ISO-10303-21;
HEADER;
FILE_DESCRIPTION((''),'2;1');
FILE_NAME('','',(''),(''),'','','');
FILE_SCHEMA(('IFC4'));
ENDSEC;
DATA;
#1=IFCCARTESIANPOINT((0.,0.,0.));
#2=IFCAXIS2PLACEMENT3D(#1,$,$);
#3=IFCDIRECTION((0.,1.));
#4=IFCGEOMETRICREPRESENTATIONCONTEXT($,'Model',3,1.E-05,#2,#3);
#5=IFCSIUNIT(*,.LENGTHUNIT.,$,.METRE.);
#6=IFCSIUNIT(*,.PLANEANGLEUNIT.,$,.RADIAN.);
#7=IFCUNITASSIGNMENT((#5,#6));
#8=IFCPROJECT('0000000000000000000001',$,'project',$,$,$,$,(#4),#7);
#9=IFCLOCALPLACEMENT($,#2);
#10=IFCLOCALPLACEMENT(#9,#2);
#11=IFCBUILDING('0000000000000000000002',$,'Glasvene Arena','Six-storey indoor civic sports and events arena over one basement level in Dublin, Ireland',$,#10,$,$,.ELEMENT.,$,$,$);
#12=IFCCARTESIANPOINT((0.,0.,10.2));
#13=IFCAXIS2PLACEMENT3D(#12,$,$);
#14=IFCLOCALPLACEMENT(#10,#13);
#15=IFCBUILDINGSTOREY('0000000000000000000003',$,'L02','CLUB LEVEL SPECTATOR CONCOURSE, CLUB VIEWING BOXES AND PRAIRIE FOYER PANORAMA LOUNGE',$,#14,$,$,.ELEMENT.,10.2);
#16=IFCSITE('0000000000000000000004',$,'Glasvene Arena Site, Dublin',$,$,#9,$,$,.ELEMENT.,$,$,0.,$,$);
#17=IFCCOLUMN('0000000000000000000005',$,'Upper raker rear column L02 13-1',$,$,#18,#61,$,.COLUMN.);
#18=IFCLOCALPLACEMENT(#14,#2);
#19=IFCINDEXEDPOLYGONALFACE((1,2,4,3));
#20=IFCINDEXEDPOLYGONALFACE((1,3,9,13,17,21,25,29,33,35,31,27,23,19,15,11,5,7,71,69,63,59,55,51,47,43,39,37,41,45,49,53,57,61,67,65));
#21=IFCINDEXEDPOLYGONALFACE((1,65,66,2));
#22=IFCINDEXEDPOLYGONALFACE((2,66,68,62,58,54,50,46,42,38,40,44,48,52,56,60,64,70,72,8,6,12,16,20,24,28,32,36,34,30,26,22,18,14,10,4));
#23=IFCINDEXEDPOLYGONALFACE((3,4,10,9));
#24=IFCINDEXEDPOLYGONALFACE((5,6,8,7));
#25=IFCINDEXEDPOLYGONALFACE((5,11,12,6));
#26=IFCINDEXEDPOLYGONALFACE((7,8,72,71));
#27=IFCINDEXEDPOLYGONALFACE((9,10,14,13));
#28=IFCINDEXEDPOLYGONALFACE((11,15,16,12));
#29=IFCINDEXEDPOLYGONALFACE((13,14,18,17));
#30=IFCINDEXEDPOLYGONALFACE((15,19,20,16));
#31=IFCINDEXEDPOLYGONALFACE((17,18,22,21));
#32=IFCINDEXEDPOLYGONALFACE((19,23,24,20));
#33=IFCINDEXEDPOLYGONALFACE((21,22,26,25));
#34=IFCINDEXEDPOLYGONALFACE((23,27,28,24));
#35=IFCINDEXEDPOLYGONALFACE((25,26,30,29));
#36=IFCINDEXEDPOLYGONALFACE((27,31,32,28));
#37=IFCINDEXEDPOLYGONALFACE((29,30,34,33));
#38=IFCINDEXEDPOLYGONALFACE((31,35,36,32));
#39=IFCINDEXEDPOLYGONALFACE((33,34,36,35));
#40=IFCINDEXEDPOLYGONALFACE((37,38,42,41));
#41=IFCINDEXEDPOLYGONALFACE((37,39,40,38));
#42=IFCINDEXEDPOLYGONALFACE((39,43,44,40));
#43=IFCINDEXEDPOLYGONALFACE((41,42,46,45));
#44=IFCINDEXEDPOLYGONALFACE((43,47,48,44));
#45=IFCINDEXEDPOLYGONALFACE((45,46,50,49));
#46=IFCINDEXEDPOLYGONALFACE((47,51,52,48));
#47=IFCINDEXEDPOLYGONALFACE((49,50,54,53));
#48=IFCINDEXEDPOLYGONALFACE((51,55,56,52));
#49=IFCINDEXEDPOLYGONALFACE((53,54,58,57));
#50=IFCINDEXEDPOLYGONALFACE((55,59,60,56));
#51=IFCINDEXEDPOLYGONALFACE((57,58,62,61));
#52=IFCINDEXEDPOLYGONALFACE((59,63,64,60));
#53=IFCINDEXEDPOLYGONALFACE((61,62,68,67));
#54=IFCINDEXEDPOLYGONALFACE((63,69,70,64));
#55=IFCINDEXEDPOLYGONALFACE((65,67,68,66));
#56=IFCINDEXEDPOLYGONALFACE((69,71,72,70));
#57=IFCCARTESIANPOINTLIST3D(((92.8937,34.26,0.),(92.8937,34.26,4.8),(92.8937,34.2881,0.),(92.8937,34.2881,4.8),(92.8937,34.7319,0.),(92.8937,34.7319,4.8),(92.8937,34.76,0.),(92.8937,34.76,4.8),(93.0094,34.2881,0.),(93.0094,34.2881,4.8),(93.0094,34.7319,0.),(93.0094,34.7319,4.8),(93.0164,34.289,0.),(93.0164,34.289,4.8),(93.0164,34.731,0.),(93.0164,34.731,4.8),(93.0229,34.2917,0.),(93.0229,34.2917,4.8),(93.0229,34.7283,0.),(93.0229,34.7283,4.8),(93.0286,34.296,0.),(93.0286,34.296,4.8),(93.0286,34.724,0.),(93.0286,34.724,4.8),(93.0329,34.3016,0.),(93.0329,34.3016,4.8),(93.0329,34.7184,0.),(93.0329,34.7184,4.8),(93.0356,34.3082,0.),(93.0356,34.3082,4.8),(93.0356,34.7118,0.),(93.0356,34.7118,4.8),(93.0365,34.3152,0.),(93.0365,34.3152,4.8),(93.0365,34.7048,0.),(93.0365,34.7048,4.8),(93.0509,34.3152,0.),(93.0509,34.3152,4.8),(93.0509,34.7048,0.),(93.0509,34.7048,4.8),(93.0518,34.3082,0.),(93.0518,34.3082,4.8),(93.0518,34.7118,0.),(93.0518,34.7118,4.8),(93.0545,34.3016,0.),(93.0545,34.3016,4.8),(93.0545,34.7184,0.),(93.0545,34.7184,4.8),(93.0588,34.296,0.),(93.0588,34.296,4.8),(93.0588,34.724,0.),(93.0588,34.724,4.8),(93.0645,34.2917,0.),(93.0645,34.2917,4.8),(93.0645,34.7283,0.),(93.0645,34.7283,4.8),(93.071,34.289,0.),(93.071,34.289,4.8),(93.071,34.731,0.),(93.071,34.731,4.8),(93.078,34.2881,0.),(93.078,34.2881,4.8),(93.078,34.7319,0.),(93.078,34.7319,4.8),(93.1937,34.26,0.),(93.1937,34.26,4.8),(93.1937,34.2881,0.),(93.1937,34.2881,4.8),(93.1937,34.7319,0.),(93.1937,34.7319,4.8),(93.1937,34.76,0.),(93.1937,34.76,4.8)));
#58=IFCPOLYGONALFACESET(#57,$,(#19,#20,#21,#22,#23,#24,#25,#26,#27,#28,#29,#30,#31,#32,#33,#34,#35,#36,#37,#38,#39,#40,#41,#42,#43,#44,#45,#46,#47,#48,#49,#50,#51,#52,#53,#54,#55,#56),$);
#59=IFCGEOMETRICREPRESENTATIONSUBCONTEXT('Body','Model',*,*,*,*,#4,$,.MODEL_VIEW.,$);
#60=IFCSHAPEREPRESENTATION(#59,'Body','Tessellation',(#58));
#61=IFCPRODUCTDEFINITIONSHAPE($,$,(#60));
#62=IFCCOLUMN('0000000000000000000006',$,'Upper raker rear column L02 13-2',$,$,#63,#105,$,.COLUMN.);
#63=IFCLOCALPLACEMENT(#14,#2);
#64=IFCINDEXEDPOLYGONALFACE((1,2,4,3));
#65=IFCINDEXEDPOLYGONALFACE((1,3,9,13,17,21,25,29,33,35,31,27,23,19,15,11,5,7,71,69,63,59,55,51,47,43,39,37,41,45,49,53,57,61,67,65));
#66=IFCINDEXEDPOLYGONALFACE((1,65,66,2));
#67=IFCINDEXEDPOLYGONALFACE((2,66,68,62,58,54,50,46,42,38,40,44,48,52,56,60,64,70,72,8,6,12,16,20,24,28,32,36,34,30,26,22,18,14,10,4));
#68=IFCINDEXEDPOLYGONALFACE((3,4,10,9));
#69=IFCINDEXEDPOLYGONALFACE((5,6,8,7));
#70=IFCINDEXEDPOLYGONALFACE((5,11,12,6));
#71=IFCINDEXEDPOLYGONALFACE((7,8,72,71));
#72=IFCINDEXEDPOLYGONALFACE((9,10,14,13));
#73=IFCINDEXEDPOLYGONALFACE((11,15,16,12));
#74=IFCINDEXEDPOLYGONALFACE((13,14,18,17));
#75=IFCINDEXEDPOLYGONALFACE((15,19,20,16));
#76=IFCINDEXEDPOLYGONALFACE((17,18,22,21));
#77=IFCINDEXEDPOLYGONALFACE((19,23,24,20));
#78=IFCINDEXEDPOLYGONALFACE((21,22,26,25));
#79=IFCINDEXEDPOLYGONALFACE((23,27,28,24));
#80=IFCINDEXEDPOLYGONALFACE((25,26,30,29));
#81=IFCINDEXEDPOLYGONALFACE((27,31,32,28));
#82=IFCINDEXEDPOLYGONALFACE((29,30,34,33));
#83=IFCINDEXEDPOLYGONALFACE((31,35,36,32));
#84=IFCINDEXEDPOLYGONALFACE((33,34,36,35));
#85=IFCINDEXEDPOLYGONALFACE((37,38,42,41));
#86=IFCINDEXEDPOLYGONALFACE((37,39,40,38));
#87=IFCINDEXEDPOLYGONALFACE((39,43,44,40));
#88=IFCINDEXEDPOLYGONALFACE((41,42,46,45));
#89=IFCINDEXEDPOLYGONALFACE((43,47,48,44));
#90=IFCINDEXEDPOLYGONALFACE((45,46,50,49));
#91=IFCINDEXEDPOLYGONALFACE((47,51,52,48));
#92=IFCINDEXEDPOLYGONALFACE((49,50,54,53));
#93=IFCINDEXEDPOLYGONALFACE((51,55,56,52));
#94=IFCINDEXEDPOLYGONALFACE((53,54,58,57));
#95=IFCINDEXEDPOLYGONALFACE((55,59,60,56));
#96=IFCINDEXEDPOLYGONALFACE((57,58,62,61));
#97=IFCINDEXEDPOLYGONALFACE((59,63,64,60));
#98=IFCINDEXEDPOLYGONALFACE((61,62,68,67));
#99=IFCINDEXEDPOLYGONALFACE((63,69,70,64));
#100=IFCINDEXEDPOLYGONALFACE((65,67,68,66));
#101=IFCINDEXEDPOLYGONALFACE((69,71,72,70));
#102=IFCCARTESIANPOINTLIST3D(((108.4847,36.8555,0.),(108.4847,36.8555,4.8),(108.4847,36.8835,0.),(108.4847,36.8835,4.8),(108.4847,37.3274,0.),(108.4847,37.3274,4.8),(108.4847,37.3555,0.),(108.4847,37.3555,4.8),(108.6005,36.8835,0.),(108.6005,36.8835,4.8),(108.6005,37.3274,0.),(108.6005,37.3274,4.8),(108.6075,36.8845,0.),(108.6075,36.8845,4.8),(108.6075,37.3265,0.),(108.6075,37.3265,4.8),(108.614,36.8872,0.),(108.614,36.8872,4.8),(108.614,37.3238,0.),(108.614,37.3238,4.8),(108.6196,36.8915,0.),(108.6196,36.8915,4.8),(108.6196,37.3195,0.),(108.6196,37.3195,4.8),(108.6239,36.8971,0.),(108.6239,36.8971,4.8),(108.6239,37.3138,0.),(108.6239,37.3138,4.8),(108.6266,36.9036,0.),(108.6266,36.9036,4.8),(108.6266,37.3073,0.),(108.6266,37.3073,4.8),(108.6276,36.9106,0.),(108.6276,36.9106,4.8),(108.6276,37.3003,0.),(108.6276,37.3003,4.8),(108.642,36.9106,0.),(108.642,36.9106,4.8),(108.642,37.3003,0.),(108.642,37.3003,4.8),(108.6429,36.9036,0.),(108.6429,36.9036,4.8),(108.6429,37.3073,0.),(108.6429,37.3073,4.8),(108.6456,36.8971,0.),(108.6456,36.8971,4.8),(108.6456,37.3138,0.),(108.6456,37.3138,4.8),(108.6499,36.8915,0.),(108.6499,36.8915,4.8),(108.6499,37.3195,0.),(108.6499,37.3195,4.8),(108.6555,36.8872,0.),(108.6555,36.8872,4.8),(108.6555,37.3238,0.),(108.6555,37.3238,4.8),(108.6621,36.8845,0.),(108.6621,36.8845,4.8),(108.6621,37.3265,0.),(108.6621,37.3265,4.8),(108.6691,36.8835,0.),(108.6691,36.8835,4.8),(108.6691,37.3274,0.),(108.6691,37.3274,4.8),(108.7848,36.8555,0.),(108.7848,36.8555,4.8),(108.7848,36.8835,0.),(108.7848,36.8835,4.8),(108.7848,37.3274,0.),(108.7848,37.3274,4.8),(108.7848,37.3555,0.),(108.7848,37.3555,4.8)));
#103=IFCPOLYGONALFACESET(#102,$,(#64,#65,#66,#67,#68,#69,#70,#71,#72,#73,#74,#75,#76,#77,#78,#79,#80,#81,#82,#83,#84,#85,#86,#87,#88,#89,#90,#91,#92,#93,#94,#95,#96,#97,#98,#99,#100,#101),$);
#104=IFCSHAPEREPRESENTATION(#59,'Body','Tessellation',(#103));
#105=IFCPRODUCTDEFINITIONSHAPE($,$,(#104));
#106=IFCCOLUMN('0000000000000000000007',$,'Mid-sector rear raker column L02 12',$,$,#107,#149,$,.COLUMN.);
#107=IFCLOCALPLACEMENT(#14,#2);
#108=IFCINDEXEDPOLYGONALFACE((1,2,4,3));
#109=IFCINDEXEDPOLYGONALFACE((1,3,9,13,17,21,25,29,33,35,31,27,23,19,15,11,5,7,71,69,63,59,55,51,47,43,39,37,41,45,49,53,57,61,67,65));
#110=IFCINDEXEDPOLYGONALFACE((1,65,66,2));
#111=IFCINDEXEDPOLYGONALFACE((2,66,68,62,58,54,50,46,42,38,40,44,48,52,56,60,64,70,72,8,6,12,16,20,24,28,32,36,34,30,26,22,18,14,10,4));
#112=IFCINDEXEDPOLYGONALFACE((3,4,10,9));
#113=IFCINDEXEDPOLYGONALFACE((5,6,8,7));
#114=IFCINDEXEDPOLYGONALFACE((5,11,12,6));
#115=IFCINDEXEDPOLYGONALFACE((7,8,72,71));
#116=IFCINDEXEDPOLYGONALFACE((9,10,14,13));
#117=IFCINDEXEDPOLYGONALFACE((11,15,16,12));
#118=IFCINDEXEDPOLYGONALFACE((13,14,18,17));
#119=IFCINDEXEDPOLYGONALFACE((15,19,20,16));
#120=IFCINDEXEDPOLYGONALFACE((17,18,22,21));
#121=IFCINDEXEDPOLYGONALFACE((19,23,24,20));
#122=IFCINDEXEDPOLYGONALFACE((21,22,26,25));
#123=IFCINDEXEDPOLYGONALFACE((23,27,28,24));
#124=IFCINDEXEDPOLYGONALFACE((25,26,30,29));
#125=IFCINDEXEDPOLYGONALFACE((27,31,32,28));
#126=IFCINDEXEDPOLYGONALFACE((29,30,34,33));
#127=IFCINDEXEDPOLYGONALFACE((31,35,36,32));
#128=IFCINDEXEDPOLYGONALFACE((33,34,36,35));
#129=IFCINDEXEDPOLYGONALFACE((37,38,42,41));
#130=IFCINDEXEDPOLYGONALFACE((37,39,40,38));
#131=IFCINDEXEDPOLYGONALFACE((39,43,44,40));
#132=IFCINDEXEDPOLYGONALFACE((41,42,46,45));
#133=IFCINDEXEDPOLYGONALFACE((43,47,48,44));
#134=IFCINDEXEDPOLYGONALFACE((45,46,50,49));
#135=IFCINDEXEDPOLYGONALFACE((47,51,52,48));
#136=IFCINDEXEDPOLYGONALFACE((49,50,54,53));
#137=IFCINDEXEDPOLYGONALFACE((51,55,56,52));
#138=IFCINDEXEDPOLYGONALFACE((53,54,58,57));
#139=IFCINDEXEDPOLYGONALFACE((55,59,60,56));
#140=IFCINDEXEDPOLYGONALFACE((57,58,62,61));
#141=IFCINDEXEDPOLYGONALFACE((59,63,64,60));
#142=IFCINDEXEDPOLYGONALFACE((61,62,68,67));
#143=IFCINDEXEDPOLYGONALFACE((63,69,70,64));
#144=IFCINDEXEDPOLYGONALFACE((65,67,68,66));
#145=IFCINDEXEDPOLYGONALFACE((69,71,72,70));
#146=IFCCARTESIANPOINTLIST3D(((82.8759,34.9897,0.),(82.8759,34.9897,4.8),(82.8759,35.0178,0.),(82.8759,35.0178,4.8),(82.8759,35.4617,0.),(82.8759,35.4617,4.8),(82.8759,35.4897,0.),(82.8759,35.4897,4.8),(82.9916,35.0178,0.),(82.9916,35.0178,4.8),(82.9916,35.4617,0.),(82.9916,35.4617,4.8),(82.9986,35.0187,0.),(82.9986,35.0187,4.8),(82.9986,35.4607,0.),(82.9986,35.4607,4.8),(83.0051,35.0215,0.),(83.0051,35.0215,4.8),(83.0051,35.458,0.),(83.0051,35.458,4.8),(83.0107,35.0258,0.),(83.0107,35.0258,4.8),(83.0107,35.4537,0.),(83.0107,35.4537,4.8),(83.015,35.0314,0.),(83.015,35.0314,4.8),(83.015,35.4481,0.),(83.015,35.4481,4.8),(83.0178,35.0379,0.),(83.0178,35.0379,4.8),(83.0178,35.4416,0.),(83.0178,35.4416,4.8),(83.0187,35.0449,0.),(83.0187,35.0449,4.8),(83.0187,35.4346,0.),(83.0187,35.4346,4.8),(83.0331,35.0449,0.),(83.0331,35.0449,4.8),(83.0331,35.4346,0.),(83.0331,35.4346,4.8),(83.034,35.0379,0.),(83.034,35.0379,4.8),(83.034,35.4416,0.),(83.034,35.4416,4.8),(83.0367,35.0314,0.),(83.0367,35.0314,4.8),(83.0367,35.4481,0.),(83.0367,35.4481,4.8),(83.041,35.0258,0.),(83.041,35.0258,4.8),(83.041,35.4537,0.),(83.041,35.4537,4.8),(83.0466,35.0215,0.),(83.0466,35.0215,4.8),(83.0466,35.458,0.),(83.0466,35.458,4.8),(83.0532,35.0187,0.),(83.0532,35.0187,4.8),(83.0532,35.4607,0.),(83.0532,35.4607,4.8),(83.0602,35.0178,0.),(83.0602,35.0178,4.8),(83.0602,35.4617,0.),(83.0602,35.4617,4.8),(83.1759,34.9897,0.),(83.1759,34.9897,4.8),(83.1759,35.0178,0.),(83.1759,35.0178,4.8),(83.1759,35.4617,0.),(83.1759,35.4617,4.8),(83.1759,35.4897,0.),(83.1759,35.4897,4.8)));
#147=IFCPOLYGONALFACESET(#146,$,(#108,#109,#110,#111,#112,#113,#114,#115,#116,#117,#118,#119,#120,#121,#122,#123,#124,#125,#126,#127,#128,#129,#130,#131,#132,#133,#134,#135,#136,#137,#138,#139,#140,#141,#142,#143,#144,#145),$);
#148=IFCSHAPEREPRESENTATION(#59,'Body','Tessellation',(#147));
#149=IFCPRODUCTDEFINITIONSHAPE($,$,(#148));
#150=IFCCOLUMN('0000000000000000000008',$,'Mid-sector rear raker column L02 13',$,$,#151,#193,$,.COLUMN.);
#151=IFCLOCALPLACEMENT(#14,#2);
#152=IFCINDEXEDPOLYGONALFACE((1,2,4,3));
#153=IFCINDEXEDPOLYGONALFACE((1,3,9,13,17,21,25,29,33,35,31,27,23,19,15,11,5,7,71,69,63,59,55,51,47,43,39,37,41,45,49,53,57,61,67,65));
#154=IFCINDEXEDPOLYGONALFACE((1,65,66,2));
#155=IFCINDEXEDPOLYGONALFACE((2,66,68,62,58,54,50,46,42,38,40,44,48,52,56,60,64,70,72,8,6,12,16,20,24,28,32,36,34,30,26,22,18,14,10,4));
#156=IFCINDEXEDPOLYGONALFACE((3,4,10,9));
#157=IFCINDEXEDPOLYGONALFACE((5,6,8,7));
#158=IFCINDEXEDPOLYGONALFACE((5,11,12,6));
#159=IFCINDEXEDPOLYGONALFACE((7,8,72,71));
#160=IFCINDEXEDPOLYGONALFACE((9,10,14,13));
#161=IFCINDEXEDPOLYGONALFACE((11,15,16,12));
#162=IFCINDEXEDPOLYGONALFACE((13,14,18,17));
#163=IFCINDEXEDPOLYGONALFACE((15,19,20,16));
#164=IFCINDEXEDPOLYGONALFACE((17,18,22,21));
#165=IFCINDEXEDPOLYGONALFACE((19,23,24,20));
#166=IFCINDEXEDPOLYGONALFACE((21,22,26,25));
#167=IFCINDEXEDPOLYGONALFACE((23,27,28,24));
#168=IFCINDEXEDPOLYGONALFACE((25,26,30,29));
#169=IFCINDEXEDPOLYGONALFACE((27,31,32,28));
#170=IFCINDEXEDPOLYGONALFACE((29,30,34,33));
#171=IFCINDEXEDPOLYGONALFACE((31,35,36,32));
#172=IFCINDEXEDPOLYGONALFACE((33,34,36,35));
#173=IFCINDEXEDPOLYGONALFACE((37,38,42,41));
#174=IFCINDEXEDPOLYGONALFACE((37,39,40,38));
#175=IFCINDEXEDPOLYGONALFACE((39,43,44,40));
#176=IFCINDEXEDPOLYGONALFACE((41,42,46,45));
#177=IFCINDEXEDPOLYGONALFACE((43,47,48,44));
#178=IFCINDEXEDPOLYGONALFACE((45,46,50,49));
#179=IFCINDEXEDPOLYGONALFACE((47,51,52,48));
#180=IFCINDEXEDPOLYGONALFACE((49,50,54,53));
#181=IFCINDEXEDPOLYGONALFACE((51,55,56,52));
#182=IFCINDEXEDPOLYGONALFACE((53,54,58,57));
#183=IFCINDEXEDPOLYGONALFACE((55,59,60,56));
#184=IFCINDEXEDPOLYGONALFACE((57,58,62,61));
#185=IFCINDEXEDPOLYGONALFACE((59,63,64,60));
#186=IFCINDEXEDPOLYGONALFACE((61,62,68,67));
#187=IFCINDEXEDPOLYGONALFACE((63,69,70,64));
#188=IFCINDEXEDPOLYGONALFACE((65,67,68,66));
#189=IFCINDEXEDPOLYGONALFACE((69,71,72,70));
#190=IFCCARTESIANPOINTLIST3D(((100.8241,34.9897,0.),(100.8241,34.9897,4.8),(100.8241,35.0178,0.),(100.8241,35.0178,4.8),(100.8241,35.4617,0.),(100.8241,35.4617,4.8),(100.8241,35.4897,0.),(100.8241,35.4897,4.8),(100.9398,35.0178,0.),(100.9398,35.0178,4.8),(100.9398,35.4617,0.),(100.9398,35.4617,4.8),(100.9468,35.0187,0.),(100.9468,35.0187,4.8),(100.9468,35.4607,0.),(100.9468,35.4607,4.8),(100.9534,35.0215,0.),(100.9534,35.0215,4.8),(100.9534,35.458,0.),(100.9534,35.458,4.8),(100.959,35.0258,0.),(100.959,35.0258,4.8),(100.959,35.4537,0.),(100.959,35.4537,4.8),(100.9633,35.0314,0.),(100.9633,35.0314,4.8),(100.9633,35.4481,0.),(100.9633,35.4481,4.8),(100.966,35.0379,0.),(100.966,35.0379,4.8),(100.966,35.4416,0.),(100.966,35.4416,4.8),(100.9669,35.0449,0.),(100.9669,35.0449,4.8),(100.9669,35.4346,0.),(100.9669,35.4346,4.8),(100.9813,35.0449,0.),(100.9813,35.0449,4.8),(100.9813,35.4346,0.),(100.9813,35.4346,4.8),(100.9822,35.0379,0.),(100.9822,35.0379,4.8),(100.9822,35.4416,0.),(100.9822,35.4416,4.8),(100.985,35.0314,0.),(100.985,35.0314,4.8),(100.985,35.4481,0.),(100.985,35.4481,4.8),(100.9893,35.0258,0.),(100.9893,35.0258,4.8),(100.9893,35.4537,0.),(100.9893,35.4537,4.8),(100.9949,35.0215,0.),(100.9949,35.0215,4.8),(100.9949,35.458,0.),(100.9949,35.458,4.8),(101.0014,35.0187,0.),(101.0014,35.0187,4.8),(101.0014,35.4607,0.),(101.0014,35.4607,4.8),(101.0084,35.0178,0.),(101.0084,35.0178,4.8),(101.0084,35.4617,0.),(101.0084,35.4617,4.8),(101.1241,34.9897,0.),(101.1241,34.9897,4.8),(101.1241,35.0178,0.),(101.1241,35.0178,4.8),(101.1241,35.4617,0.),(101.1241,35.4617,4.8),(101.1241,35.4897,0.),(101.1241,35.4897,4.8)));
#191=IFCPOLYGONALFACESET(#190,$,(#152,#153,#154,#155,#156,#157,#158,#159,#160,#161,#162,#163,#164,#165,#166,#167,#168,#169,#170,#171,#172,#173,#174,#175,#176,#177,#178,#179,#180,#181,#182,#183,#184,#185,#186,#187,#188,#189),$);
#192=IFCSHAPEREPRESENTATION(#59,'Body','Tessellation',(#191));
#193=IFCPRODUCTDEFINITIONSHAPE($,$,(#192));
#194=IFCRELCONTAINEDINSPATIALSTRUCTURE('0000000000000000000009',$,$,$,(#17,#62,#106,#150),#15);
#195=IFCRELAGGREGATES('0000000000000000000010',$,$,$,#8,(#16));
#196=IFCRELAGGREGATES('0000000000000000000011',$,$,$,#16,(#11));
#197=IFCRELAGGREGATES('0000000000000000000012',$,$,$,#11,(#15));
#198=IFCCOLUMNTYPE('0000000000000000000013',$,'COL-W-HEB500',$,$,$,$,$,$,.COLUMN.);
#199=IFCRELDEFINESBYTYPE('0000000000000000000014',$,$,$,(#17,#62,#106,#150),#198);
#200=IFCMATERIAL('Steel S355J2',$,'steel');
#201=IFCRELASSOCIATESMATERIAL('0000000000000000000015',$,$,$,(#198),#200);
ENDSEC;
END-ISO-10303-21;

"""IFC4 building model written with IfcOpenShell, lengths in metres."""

from ifc_helpers import new_model, si_unit, direction, frame, origin, origin_2d, place, context, subcontext, project, spatial, i_section, extrude, material, material_profile, profile_set, type_object, element, save


model = new_model("IFC4")

# Units and contexts
model_context = context("Model", 3, precision=1e-05, world=origin(), true_north=direction((0.0, 1.0)))
body_context = subcontext(model_context, "Body", "Model", "MODEL_VIEW")
ifc_project = project(units=[si_unit("LENGTHUNIT", "METRE"), si_unit("PLANEANGLEUNIT", "RADIAN")], contexts=[model_context])

# Site, building, storey
site_placement = place(None, origin())
site = spatial("IfcSite", under=ifc_project, at=site_placement, Name="Glasvene Arena Site, Dublin", CompositionType="ELEMENT", RefElevation=0.0)
building_placement = place(site_placement, origin())
building = spatial("IfcBuilding", under=site, at=building_placement, Name="Glasvene Arena", Description="Six-storey indoor civic sports and events arena over one basement level in Dublin, Ireland", CompositionType="ELEMENT")
storey_placement = place(building_placement, frame((0.0, 0.0, 10.2)))
storey = spatial("IfcBuildingStorey", under=building, at=storey_placement, Name="L02", Description="CLUB LEVEL SPECTATOR CONCOURSE, CLUB VIEWING BOXES AND PRAIRIE FOYER PANORAMA LOUNGE", CompositionType="ELEMENT", Elevation=10.2)

# Columns
ifc_material_1 = material(Name="Steel S355J2", Category="steel")
ifc_material_profile_1 = material_profile(ifc_material_1, i_section(OverallWidth=0.3, OverallDepth=0.5, WebThickness=0.0144, FlangeThickness=0.0281, FilletRadius=0.0271, at=origin_2d()), Name="HEB 500")
ifc_profile_set_1 = profile_set([ifc_material_profile_1], Name="Steel S355J2")
column_type_1 = type_object("IfcColumnType", Name="COL-W-HEB500", PredefinedType="COLUMN", material=ifc_profile_set_1)
for number, where, z_axis, x_axis, name in (
    (1, (93.0437, 34.51, 0.0), (0.0, 0.0, 1.0), (1.0, 0.0, 0.0), "Upper raker rear column L02 13-1"),
    (2, (108.6348, 37.1055, 0.0), (0.0, 0.0, 1.0), (1.0, 0.0, 0.0), "Upper raker rear column L02 13-2"),
    (3, (83.0259, 35.2397, 0.0), (0.0, 0.0, 1.0), (1.0, 0.0, 0.0), "Mid-sector rear raker column L02 12"),
    (4, (100.9741, 35.2397, 0.0), (0.0, 0.0, 1.0), (1.0, 0.0, 0.0), "Mid-sector rear raker column L02 13"),
):
    element("IfcColumn", number, at=place(storey_placement, frame(where, z_axis=z_axis, x_axis=x_axis)), inside=storey, type_object=column_type_1, Name=name, PredefinedType="COLUMN", context=body_context, shape_type="SweptSolid", body=[
        extrude(i_section(OverallWidth=0.3, OverallDepth=0.5, WebThickness=0.0144, FlangeThickness=0.0281, FilletRadius=0.0271, at=origin_2d()), origin(), (0.0, 0.0, 1.0), 4.8),
    ])

save(model, "model.ifc")
